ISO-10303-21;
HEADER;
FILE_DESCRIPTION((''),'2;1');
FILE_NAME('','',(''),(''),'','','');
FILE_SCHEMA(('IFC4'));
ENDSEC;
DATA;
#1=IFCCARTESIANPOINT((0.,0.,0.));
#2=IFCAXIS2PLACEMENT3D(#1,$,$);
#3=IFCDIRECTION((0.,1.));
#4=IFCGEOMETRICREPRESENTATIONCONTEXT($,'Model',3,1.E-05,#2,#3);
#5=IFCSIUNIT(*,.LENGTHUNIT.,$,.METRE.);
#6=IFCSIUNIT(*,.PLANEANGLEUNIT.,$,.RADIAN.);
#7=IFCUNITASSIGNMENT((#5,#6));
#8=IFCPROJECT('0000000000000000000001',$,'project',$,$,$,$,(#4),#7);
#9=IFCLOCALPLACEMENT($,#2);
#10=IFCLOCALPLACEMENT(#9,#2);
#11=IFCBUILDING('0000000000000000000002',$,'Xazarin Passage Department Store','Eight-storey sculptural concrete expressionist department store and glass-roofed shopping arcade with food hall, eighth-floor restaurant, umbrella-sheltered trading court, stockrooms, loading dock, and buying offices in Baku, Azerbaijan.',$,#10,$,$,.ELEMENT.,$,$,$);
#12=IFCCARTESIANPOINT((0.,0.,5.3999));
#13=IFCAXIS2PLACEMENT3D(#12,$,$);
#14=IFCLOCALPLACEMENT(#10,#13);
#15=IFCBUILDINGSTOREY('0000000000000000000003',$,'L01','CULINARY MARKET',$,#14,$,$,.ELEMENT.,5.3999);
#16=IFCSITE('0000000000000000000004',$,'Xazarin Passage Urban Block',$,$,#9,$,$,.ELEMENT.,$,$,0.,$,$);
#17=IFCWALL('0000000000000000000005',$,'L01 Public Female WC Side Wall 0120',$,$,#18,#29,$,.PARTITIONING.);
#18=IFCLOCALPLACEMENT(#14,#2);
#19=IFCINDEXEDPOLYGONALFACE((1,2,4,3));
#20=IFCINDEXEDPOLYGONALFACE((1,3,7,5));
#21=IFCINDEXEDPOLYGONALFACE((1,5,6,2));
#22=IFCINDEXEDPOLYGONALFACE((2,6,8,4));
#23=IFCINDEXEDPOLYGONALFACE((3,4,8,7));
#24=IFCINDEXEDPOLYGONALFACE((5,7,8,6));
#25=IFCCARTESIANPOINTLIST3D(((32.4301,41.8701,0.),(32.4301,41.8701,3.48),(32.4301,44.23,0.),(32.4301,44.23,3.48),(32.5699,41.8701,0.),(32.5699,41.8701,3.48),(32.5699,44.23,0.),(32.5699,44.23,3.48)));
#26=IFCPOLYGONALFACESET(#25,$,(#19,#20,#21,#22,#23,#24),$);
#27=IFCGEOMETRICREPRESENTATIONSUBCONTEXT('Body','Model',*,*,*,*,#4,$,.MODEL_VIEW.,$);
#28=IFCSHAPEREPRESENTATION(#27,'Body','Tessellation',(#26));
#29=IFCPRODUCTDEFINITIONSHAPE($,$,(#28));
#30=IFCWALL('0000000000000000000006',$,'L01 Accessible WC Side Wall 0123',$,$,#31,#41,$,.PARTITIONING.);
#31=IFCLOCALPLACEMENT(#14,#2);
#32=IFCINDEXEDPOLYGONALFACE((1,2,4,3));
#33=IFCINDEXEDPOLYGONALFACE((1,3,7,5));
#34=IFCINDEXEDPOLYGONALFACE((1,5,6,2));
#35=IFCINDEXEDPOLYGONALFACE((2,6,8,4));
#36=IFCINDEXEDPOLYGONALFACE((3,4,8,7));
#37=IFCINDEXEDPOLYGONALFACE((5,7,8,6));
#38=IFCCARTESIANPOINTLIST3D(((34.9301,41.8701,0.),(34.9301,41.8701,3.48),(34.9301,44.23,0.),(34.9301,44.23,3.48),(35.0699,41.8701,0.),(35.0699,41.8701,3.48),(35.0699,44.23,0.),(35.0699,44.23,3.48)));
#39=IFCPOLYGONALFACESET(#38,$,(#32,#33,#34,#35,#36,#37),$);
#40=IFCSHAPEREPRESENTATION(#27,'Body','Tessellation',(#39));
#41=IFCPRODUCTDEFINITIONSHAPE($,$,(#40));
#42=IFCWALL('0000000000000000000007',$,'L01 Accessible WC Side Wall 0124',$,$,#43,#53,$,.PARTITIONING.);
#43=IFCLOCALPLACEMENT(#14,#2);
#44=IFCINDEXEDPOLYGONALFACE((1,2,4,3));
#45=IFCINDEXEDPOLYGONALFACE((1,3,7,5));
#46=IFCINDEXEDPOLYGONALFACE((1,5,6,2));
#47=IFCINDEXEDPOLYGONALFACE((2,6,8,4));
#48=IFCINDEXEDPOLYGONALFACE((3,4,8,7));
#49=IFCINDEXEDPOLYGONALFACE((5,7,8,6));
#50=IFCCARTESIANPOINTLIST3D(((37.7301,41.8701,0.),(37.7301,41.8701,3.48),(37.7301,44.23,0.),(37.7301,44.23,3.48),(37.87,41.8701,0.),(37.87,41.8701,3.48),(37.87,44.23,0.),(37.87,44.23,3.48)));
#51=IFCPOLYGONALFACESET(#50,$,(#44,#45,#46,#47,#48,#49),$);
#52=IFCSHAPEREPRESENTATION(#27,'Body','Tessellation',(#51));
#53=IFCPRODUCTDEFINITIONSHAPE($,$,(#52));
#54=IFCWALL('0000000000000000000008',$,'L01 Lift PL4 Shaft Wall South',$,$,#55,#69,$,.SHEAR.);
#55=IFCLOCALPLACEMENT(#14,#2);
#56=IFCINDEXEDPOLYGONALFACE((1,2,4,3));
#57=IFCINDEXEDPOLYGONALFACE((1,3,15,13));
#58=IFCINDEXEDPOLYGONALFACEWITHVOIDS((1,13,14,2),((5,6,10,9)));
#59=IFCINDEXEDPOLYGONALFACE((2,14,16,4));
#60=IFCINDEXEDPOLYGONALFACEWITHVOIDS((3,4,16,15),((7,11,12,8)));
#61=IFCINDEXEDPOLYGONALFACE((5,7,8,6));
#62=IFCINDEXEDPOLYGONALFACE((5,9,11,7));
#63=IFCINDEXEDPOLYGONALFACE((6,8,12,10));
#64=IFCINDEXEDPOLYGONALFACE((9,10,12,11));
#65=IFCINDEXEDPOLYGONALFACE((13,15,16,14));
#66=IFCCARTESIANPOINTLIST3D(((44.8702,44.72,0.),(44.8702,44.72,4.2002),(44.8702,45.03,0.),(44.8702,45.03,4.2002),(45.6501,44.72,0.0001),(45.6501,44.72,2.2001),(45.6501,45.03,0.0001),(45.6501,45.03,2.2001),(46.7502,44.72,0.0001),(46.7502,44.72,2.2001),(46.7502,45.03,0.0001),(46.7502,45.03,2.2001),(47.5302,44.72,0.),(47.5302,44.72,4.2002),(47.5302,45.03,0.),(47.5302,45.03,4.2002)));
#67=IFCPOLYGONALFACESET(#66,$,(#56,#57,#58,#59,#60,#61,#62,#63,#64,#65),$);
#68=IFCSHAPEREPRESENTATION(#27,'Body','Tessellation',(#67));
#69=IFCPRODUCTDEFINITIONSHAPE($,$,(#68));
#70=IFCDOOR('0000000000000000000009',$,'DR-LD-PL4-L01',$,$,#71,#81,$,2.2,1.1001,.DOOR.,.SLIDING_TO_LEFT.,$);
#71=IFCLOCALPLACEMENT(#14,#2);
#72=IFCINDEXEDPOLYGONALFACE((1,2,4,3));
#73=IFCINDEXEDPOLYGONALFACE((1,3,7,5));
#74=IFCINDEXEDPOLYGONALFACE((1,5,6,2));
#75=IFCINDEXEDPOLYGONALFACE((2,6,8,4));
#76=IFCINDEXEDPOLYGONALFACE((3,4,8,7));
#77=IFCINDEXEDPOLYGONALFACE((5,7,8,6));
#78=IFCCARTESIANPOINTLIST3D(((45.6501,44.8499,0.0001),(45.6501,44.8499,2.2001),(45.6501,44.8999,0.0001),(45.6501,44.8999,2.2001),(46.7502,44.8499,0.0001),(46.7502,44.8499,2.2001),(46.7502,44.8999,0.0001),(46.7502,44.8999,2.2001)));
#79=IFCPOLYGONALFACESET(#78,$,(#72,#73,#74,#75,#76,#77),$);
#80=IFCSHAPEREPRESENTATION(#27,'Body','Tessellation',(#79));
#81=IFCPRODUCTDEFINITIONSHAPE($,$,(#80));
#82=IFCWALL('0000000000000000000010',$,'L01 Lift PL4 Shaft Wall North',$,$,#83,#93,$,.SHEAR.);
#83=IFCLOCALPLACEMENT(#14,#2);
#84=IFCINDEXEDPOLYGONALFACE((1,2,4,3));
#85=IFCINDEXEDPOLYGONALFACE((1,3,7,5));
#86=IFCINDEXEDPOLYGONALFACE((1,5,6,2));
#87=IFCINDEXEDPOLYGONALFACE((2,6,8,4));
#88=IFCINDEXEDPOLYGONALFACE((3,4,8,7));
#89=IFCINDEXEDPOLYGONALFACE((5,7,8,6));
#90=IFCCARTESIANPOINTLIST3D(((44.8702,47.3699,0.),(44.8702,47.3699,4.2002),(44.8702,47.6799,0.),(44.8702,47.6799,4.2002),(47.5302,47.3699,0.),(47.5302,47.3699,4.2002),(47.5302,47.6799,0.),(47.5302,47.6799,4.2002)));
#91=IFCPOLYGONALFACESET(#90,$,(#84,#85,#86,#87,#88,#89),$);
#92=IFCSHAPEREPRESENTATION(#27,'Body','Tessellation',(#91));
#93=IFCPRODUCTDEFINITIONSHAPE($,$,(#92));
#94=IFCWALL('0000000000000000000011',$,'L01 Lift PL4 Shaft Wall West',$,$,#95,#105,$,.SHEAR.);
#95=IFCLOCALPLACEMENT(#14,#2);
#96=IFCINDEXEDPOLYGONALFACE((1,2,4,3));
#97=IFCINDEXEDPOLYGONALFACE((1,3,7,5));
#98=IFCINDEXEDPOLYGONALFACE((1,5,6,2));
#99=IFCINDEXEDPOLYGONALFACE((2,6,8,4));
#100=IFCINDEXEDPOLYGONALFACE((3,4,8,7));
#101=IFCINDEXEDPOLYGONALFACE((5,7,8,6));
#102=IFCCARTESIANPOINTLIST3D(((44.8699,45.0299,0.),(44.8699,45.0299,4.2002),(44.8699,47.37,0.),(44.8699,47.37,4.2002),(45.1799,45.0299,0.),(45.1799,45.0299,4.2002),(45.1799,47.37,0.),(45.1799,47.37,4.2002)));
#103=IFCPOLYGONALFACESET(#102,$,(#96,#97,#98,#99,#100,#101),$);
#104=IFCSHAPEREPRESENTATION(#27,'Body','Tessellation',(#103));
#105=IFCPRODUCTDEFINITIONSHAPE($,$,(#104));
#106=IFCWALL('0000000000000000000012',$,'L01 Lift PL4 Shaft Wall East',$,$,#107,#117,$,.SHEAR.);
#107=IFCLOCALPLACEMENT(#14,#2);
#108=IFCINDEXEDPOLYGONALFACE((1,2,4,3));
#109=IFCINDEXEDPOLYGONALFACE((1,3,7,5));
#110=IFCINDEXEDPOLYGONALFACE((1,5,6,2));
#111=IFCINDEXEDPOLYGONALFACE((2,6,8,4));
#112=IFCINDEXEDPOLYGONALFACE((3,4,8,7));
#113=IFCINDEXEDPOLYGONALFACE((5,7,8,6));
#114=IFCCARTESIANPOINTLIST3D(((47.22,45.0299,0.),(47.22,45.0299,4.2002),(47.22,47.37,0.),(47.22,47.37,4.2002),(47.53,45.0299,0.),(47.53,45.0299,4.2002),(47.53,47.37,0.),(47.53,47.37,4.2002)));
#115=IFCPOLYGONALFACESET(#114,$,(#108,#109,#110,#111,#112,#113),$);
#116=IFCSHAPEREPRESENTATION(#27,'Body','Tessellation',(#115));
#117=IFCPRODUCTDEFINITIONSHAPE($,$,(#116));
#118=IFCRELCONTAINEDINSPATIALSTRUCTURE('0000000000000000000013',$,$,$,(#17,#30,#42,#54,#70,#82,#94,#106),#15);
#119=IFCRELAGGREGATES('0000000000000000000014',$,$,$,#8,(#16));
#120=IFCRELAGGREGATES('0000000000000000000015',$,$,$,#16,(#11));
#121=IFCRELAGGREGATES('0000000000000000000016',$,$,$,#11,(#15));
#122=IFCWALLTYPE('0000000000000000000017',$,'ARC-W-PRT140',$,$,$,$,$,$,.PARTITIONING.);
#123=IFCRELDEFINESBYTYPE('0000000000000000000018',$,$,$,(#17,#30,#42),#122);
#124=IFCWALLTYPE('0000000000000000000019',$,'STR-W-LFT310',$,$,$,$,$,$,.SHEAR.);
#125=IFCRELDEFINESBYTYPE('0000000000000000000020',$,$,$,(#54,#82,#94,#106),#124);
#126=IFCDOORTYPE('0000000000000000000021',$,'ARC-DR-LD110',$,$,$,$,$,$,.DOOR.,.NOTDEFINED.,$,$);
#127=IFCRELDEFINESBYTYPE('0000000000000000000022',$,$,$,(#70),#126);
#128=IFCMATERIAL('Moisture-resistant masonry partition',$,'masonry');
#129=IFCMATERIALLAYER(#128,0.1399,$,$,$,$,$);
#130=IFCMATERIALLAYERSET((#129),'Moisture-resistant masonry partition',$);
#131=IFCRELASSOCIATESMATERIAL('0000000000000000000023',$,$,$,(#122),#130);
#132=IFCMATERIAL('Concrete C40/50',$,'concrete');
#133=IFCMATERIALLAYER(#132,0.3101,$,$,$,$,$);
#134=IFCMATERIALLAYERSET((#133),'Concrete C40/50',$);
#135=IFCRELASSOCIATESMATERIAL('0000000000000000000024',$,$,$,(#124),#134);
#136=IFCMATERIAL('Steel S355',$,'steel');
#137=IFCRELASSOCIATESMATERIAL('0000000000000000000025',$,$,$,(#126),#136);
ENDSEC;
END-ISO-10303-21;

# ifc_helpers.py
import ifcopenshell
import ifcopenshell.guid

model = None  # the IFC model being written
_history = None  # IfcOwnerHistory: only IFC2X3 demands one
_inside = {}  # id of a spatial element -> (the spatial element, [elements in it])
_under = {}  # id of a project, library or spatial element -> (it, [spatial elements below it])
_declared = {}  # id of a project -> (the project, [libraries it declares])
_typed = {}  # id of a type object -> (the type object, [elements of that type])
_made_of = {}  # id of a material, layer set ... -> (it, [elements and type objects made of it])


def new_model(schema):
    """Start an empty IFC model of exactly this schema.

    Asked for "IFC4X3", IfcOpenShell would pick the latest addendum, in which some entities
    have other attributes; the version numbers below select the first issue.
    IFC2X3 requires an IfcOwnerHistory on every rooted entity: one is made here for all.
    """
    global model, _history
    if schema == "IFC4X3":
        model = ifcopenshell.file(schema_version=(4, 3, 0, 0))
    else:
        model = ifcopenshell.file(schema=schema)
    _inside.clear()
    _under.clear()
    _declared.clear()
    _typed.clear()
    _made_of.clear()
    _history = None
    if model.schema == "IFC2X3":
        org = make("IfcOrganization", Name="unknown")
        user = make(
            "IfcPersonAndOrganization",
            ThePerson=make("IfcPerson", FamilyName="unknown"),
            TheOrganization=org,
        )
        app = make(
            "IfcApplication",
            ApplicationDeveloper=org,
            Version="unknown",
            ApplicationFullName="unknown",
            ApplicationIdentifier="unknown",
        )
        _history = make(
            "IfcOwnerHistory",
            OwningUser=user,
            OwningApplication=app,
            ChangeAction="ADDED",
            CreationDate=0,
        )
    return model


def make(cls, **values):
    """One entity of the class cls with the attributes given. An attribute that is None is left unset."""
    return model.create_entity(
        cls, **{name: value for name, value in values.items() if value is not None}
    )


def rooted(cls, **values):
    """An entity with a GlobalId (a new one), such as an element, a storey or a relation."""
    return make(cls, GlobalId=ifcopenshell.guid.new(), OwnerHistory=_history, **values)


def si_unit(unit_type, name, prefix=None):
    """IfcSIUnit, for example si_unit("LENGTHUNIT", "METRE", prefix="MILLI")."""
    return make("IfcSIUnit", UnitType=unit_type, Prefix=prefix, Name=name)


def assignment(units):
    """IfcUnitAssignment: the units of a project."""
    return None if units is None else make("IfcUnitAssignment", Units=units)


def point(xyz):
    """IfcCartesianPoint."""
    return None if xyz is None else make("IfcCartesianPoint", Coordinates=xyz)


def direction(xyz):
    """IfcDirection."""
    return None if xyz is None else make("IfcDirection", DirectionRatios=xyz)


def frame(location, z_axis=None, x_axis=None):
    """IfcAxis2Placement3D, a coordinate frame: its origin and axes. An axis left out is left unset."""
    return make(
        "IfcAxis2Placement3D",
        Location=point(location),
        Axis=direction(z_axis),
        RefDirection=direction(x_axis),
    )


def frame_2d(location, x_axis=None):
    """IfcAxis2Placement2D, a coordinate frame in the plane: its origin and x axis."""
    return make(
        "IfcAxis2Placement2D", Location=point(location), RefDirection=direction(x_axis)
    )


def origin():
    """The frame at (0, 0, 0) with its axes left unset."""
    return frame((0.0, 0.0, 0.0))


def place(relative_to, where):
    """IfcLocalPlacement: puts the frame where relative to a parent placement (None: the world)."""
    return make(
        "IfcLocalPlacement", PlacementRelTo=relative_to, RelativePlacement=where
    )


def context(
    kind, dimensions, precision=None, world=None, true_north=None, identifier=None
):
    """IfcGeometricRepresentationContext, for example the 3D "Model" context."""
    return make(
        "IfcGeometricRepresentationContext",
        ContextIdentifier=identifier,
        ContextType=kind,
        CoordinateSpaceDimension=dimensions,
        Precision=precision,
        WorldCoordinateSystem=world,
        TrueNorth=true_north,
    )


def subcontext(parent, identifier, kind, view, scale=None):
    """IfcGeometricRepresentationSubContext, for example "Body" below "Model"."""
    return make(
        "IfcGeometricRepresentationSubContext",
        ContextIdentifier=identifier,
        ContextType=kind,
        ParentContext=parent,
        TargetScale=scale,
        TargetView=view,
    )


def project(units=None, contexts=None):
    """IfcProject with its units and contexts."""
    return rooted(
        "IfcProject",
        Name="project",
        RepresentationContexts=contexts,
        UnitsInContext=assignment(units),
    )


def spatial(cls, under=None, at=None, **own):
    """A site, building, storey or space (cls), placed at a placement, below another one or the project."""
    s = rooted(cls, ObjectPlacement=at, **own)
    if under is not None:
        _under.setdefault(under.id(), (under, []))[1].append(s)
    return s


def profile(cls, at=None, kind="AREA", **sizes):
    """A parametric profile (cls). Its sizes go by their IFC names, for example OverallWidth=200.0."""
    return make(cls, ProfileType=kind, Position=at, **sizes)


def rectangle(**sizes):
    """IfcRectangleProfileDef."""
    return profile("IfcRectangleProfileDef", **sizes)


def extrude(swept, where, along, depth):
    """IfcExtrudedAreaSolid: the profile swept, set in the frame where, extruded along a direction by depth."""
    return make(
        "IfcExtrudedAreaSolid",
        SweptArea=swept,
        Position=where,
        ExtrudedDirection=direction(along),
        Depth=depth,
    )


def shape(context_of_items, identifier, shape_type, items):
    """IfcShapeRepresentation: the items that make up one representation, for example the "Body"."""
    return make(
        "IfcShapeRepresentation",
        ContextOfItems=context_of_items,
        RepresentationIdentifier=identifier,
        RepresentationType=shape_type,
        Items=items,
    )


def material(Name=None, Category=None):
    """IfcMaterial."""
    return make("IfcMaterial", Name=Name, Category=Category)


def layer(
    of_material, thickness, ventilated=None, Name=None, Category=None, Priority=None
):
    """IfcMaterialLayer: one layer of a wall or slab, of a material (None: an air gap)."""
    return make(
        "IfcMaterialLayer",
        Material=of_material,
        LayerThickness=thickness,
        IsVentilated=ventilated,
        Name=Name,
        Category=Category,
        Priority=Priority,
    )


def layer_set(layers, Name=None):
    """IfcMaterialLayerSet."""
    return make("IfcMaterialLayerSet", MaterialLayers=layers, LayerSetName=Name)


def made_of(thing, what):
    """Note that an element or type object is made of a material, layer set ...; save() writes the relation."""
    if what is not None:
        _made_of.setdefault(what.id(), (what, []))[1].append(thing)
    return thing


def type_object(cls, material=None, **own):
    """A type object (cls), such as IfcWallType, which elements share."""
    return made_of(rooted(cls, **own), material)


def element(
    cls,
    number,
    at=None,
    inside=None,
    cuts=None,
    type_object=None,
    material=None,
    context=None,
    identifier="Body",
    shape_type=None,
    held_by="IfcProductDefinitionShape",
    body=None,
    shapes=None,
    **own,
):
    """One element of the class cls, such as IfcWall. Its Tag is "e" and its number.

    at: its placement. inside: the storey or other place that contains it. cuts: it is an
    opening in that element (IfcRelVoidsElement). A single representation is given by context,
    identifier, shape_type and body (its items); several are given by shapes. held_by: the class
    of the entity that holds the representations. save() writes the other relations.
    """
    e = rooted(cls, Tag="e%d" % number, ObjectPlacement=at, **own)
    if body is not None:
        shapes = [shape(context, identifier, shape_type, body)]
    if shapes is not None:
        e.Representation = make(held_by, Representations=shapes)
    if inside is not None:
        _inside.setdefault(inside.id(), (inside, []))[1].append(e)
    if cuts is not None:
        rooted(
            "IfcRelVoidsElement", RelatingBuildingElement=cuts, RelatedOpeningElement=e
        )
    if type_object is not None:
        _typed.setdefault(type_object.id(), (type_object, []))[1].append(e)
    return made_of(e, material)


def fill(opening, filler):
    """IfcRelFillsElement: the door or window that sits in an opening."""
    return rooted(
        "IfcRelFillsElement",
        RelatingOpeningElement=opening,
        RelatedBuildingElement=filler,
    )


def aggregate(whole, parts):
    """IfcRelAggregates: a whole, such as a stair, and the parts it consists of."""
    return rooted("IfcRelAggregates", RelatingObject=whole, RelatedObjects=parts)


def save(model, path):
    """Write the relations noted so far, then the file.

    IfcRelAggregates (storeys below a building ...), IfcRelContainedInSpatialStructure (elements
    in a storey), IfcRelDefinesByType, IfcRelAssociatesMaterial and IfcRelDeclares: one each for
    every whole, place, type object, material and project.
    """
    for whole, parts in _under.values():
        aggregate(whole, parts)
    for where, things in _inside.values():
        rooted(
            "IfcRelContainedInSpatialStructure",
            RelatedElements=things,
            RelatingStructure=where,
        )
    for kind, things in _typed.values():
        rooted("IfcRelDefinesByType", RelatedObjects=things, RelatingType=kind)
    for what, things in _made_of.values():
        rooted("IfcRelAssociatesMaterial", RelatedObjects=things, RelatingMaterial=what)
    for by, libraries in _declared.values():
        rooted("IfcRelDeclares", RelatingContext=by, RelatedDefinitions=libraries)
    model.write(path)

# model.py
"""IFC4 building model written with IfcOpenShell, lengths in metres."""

from ifc_helpers import new_model, si_unit, direction, frame, frame_2d, origin, place, context, subcontext, project, spatial, rectangle, extrude, material, layer, layer_set, type_object, element, fill, save


model = new_model("IFC4")

# Units and contexts
model_context = context("Model", 3, precision=1e-05, world=origin(), true_north=direction((0.0, 1.0)))
body_context = subcontext(model_context, "Body", "Model", "MODEL_VIEW")
ifc_project = project(units=[si_unit("LENGTHUNIT", "METRE"), si_unit("PLANEANGLEUNIT", "RADIAN")], contexts=[model_context])

# Site, building, storey
site_placement = place(None, origin())
site = spatial("IfcSite", under=ifc_project, at=site_placement, Name="Xazarin Passage Urban Block", CompositionType="ELEMENT", RefElevation=0.0)
building_placement = place(site_placement, origin())
building = spatial("IfcBuilding", under=site, at=building_placement, Name="Xazarin Passage Department Store", Description="Eight-storey sculptural concrete expressionist department store and glass-roofed shopping arcade with food hall, eighth-floor restaurant, umbrella-sheltered trading court, stockrooms, loading dock, and buying offices in Baku, Azerbaijan.", CompositionType="ELEMENT")
storey_placement = place(building_placement, frame((0.0, 0.0, 5.3999)))
storey = spatial("IfcBuildingStorey", under=building, at=storey_placement, Name="L01", Description="CULINARY MARKET", CompositionType="ELEMENT", Elevation=5.3999)

# Shared definitions
ifc_material_1 = material(Name="Concrete C40/50", Category="concrete")

# Shared definitions
ifc_material_2 = material(Name="Moisture-resistant masonry partition", Category="masonry")
ifc_layer_1 = layer(ifc_material_2, 0.1399)
ifc_layer_set_1 = layer_set([ifc_layer_1], Name="Moisture-resistant masonry partition")
wall_type_1 = type_object("IfcWallType", Name="ARC-W-PRT140", PredefinedType="PARTITIONING", material=ifc_layer_set_1)

# Wall
for number, where, z_axis, x_axis, name in (
    (1, (32.5, 41.8701, 0.0), (0.0, 0.0, 1.0), (0.0, 1.0, 0.0), "L01 Public Female WC Side Wall 0120"),
):
    element("IfcWall", number, at=place(storey_placement, frame(where, z_axis=z_axis, x_axis=x_axis)), inside=storey, type_object=wall_type_1, Name=name, PredefinedType="PARTITIONING", context=body_context, shape_type="SweptSolid", body=[
        extrude(rectangle(XDim=2.3599, YDim=0.1399, at=frame_2d((1.1799, 0.0))), origin(), (0.0, 0.0, 1.0), 3.48),
    ])

# Walls
for number, where, z_axis, x_axis, name in (
    (2, (35.0, 41.8701, 0.0), (0.0, 0.0, 1.0), (0.0, 1.0, 0.0), "L01 Accessible WC Side Wall 0123"),
    (3, (37.8, 41.8701, 0.0), (0.0, 0.0, 1.0), (0.0, 1.0, 0.0), "L01 Accessible WC Side Wall 0124"),
):
    element("IfcWall", number, at=place(storey_placement, frame(where, z_axis=z_axis, x_axis=x_axis)), inside=storey, type_object=wall_type_1, Name=name, PredefinedType="PARTITIONING", context=body_context, shape_type="SweptSolid", body=[
        extrude(rectangle(XDim=2.3599, YDim=0.1399, at=frame_2d((1.1799, 0.0))), origin(), (0.0, 0.0, 1.0), 3.48),
    ])

# Wall, opening, door
ifc_layer_2 = layer(ifc_material_1, 0.3101)
ifc_layer_set_2 = layer_set([ifc_layer_2], Name="Concrete C40/50")
wall_type_2 = type_object("IfcWallType", Name="STR-W-LFT310", PredefinedType="SHEAR", material=ifc_layer_set_2)
wall_1_placement = place(storey_placement, frame((44.8701, 44.875, 0.0), z_axis=(0.0, 0.0, 1.0), x_axis=(1.0, 0.0, 0.0)))
wall_1 = element("IfcWall", 4, at=wall_1_placement, inside=storey, type_object=wall_type_2, Name="L01 Lift PL4 Shaft Wall South", PredefinedType="SHEAR", context=body_context, shape_type="SweptSolid", body=[
    extrude(rectangle(XDim=2.6599, YDim=0.3101, at=frame_2d((1.3301, 0.0))), origin(), (0.0, 0.0, 1.0), 4.2002),
])
opening_1_placement = place(wall_1_placement, frame((0.78, 0.0, 0.0)))
opening_1 = element("IfcOpeningElement", 5, at=opening_1_placement, cuts=wall_1, PredefinedType="OPENING", context=body_context, shape_type="SweptSolid", body=[
    extrude(rectangle(XDim=1.1001, YDim=2.2, at=frame_2d((0.55, 1.1001))), frame((0.0, 0.165, 0.0), z_axis=(0.0, -1.0, 0.0), x_axis=(1.0, 0.0, 0.0)), (0.0, 0.0, 1.0), 0.3301),
])
ifc_material_3 = material(Name="Steel S355", Category="steel")
door_type_1 = type_object("IfcDoorType", Name="ARC-DR-LD110", OperationType="NOTDEFINED", PredefinedType="DOOR", material=ifc_material_3)
door_1_placement = place(opening_1_placement, origin())
door_1 = element("IfcDoor", 6, at=door_1_placement, inside=storey, type_object=door_type_1, Name="DR-LD-PL4-L01", OperationType="SLIDING_TO_LEFT", OverallHeight=2.2, OverallWidth=1.1001, PredefinedType="DOOR", context=body_context, shape_type="SweptSolid", body=[
    extrude(rectangle(XDim=1.1001, YDim=2.2, at=frame_2d((0.55, 1.1001))), frame((0.0, 0.0249, 0.0), z_axis=(0.0, -1.0, 0.0), x_axis=(1.0, 0.0, 0.0)), (0.0, 0.0, 1.0), 0.05),
])
fill(opening_1, door_1)

# Walls
wall_2_placement = place(storey_placement, frame((44.8701, 47.5249, 0.0), z_axis=(0.0, 0.0, 1.0), x_axis=(1.0, 0.0, 0.0)))
element("IfcWall", 7, at=wall_2_placement, inside=storey, type_object=wall_type_2, Name="L01 Lift PL4 Shaft Wall North", PredefinedType="SHEAR", context=body_context, shape_type="SweptSolid", body=[
    extrude(rectangle(XDim=2.6599, YDim=0.3101, at=frame_2d((1.3301, 0.0))), origin(), (0.0, 0.0, 1.0), 4.2002),
])
for number, where, z_axis, x_axis, name in (
    (8, (45.0249, 45.03, 0.0), (0.0, 0.0, 1.0), (0.0, 1.0, 0.0), "L01 Lift PL4 Shaft Wall West"),
    (9, (47.375, 45.03, 0.0), (0.0, 0.0, 1.0), (0.0, 1.0, 0.0), "L01 Lift PL4 Shaft Wall East"),
):
    element("IfcWall", number, at=place(storey_placement, frame(where, z_axis=z_axis, x_axis=x_axis)), inside=storey, type_object=wall_type_2, Name=name, PredefinedType="SHEAR", context=body_context, shape_type="SweptSolid", body=[
        extrude(rectangle(XDim=2.3401, YDim=0.3101, at=frame_2d((1.1699, 0.0))), origin(), (0.0, 0.0, 1.0), 4.2002),
    ])

save(model, "model.ifc")
